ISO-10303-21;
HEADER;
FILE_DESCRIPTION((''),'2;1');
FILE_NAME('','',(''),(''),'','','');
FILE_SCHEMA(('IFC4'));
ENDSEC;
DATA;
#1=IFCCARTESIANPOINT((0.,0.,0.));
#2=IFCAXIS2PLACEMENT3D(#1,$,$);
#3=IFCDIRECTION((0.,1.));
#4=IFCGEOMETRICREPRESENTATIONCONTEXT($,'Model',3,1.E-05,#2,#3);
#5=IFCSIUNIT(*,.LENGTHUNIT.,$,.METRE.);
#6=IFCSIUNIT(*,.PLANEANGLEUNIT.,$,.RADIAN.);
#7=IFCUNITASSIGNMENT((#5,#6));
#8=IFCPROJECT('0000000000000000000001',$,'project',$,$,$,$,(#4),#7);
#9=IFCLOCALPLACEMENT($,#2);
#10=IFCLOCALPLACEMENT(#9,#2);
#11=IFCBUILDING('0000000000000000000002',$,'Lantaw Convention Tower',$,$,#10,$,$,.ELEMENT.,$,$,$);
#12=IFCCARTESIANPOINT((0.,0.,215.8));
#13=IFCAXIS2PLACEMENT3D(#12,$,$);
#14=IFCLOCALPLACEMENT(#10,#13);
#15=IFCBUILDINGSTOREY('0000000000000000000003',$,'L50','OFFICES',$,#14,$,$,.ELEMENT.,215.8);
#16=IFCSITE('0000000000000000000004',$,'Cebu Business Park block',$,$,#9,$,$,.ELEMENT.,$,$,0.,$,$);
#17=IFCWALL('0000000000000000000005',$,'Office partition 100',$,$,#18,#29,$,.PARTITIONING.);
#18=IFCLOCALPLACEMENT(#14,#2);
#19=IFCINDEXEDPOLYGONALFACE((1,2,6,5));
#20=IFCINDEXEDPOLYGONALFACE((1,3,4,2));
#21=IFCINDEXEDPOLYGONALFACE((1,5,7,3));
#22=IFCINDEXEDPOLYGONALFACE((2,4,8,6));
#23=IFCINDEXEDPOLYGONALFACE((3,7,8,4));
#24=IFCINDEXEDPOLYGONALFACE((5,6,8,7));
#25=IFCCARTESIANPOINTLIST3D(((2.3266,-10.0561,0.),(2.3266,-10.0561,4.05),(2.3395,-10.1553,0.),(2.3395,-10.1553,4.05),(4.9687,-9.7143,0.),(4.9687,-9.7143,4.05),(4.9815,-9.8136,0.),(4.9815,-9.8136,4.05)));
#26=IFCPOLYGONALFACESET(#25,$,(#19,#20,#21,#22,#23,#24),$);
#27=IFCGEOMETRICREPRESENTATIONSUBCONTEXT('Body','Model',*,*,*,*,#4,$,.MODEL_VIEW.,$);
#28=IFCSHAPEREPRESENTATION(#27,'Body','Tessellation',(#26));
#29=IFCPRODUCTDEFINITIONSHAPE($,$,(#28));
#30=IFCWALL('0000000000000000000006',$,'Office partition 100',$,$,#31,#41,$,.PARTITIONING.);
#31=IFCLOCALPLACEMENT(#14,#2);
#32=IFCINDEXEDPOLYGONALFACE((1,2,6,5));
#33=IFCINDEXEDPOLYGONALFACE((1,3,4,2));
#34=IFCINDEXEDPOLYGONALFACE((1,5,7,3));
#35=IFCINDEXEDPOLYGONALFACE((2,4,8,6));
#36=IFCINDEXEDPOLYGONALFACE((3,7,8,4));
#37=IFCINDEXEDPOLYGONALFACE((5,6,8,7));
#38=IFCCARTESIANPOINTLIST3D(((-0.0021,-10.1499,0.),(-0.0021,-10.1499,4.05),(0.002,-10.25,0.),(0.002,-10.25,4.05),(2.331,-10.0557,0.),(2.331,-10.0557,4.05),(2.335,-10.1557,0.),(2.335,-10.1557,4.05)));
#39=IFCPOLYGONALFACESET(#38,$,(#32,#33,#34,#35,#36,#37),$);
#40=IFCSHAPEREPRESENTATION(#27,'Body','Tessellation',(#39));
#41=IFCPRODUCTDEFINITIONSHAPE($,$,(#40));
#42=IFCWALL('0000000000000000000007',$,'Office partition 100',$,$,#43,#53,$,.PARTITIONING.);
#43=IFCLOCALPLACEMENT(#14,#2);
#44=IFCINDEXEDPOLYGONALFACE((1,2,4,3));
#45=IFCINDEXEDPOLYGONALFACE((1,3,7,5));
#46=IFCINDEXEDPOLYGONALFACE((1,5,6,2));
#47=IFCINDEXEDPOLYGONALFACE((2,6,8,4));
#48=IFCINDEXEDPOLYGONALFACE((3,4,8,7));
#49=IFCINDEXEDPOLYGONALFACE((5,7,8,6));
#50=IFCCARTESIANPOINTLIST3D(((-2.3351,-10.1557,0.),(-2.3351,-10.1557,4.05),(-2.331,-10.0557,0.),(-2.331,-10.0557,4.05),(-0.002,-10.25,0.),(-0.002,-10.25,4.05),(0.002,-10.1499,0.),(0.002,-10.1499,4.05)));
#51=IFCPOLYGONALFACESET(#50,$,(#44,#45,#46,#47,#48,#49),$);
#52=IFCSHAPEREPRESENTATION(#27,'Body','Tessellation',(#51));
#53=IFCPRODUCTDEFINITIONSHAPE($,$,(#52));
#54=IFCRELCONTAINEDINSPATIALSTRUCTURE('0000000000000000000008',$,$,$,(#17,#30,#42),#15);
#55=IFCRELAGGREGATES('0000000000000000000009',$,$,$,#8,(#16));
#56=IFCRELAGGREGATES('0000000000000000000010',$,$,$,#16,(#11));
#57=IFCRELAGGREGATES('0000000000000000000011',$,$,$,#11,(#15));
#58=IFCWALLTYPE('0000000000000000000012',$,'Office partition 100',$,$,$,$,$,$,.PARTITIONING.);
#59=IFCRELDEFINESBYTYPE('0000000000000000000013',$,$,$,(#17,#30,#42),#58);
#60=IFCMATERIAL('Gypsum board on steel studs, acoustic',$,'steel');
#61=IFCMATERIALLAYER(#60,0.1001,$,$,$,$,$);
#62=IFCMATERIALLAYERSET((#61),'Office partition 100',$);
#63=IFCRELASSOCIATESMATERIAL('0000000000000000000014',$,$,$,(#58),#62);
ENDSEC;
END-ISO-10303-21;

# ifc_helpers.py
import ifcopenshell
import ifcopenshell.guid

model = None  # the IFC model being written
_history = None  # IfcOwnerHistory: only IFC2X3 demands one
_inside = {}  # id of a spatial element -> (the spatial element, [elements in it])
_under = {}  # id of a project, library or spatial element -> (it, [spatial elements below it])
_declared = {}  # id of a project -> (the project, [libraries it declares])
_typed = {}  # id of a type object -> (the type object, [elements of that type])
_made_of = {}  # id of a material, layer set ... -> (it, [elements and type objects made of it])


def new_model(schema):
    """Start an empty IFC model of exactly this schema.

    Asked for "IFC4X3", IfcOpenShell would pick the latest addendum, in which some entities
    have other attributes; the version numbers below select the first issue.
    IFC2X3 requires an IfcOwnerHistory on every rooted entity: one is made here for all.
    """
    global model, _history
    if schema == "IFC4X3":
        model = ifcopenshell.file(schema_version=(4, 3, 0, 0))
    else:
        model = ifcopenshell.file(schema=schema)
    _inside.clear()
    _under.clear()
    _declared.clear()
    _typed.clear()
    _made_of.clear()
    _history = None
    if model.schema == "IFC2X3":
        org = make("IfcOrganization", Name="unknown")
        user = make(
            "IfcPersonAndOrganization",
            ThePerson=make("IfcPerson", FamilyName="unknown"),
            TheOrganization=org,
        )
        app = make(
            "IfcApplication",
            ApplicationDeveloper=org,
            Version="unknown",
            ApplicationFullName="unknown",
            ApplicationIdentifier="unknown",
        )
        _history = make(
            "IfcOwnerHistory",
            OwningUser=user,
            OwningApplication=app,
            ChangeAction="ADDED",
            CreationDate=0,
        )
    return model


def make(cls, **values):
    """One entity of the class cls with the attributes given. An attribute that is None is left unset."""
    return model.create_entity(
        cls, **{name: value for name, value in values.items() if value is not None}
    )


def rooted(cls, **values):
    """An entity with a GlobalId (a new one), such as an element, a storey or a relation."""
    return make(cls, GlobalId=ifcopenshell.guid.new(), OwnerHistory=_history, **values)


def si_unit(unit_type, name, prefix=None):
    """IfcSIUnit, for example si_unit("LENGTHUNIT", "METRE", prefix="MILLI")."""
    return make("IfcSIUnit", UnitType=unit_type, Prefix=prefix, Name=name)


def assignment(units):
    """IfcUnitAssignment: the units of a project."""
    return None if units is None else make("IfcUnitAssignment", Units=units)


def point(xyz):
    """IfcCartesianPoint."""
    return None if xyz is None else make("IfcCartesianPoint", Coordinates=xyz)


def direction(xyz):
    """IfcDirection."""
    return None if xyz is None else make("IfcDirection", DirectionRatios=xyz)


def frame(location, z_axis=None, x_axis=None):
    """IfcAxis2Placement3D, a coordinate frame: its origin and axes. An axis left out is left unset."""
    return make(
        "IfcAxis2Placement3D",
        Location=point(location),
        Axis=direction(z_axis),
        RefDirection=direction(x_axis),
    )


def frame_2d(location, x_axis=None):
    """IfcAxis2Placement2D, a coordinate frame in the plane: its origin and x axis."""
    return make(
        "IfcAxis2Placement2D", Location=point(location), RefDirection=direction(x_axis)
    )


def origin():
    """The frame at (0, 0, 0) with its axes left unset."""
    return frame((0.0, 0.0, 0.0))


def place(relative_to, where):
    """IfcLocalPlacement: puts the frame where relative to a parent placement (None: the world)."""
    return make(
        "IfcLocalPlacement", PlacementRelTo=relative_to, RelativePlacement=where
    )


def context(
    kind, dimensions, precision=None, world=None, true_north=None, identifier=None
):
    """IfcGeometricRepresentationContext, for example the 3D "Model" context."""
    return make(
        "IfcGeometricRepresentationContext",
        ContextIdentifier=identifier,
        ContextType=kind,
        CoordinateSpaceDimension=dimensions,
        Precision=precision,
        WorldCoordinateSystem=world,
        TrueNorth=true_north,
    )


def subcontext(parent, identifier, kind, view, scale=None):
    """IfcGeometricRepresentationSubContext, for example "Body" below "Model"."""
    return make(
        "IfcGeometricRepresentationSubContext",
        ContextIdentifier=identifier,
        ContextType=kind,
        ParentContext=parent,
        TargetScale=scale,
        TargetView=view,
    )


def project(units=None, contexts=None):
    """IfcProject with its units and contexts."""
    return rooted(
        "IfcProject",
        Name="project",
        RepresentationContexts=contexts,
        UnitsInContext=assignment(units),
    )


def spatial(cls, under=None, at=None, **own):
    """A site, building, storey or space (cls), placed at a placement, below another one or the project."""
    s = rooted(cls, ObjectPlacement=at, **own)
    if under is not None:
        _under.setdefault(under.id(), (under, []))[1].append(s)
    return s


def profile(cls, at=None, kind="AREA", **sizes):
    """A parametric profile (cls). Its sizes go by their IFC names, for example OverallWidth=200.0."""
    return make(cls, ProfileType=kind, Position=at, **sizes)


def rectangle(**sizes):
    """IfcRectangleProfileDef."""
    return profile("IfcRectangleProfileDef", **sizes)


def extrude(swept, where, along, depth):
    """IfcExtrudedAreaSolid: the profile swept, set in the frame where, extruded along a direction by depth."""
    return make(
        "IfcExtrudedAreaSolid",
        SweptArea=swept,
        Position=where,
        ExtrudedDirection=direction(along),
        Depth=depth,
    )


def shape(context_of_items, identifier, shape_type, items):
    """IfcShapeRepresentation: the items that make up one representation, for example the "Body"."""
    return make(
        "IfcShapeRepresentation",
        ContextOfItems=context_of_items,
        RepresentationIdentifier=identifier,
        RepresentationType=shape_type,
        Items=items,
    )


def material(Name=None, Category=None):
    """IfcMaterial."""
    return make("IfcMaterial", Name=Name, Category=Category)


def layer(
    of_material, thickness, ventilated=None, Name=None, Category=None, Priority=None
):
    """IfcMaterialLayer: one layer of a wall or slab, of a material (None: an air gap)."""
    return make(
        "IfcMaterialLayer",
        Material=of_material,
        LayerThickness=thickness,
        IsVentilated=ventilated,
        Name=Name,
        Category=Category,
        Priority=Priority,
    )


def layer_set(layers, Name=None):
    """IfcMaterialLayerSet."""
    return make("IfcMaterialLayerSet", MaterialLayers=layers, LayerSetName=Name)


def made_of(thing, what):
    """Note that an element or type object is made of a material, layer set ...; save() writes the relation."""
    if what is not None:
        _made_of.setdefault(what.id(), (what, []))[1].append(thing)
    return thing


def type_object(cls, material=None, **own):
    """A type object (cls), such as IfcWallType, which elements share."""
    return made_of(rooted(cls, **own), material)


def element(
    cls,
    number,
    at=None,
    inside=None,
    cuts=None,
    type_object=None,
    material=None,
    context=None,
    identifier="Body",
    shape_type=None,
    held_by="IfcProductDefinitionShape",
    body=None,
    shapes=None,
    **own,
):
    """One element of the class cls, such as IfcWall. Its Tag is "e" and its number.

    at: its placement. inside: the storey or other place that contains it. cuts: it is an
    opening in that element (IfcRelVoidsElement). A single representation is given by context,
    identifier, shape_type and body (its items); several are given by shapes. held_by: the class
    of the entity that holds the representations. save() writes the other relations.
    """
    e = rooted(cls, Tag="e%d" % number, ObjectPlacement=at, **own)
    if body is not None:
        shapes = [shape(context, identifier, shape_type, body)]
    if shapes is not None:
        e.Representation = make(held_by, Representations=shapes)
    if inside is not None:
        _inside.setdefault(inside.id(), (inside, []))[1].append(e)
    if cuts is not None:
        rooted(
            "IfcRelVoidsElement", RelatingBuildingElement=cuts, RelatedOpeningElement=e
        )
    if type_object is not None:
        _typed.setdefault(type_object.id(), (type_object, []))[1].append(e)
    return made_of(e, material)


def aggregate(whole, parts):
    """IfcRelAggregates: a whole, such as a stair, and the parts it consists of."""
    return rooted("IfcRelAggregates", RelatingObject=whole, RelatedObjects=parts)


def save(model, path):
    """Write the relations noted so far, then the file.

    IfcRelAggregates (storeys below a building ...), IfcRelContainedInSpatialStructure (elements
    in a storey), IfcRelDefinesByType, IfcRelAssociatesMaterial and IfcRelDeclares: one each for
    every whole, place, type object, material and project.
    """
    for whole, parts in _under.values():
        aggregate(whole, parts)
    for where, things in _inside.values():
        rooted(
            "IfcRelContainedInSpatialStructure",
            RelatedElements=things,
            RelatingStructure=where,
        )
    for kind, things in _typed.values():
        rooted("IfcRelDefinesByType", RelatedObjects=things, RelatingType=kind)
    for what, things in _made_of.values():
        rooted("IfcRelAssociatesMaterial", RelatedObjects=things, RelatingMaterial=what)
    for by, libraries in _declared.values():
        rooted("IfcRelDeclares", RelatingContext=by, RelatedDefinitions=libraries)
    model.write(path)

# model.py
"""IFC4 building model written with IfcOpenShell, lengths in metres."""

from ifc_helpers import new_model, si_unit, direction, frame, frame_2d, origin, place, context, subcontext, project, spatial, rectangle, extrude, material, layer, layer_set, type_object, element, save


model = new_model("IFC4")

# Units and contexts
model_context = context("Model", 3, precision=1e-05, world=origin(), true_north=direction((0.0, 1.0)))
body_context = subcontext(model_context, "Body", "Model", "MODEL_VIEW")
ifc_project = project(units=[si_unit("LENGTHUNIT", "METRE"), si_unit("PLANEANGLEUNIT", "RADIAN")], contexts=[model_context])

# Site, building, storey
site_placement = place(None, origin())
site = spatial("IfcSite", under=ifc_project, at=site_placement, Name="Cebu Business Park block", CompositionType="ELEMENT", RefElevation=0.0)
building_placement = place(site_placement, origin())
building = spatial("IfcBuilding", under=site, at=building_placement, Name="Lantaw Convention Tower", CompositionType="ELEMENT")
storey_placement = place(building_placement, frame((0.0, 0.0, 215.8)))
storey = spatial("IfcBuildingStorey", under=building, at=storey_placement, Name="L50", Description="OFFICES", CompositionType="ELEMENT", Elevation=215.8)

# Shared definitions
ifc_material_1 = material(Name="Gypsum board on steel studs, acoustic", Category="steel")
ifc_layer_1 = layer(ifc_material_1, 0.1001)
ifc_layer_set_1 = layer_set([ifc_layer_1], Name="Office partition 100")
wall_type_1 = type_object("IfcWallType", Name="Office partition 100", PredefinedType="PARTITIONING", material=ifc_layer_set_1)

# Walls
wall_1_placement = place(storey_placement, frame((4.9751, -9.7639, 0.0), z_axis=(0.0, 0.0, 1.0), x_axis=(-0.991736, -0.128297, 0.0)))
element("IfcWall", 1, at=wall_1_placement, inside=storey, type_object=wall_type_1, Name="Office partition 100", PredefinedType="PARTITIONING", context=body_context, shape_type="SweptSolid", body=[
    extrude(rectangle(XDim=2.6641, YDim=0.1001, at=frame_2d((1.332, 0.0))), origin(), (0.0, 0.0, 1.0), 4.05),
])
for number, where, z_axis, x_axis, name in (
    (2, (2.333, -10.1057, 0.0), (0.0, 0.0, 1.0), (-0.999185, -0.040361, 0.0), "Office partition 100"),
    (3, (0.0, -10.2, 0.0), (0.0, 0.0, 1.0), (-0.999185, 0.040361, 0.0), "Office partition 100"),
):
    element("IfcWall", number, at=place(storey_placement, frame(where, z_axis=z_axis, x_axis=x_axis)), inside=storey, type_object=wall_type_1, Name=name, PredefinedType="PARTITIONING", context=body_context, shape_type="SweptSolid", body=[
        extrude(rectangle(XDim=2.335, YDim=0.1001, at=frame_2d((1.1675, 0.0))), origin(), (0.0, 0.0, 1.0), 4.05),
    ])

save(model, "model.ifc")
